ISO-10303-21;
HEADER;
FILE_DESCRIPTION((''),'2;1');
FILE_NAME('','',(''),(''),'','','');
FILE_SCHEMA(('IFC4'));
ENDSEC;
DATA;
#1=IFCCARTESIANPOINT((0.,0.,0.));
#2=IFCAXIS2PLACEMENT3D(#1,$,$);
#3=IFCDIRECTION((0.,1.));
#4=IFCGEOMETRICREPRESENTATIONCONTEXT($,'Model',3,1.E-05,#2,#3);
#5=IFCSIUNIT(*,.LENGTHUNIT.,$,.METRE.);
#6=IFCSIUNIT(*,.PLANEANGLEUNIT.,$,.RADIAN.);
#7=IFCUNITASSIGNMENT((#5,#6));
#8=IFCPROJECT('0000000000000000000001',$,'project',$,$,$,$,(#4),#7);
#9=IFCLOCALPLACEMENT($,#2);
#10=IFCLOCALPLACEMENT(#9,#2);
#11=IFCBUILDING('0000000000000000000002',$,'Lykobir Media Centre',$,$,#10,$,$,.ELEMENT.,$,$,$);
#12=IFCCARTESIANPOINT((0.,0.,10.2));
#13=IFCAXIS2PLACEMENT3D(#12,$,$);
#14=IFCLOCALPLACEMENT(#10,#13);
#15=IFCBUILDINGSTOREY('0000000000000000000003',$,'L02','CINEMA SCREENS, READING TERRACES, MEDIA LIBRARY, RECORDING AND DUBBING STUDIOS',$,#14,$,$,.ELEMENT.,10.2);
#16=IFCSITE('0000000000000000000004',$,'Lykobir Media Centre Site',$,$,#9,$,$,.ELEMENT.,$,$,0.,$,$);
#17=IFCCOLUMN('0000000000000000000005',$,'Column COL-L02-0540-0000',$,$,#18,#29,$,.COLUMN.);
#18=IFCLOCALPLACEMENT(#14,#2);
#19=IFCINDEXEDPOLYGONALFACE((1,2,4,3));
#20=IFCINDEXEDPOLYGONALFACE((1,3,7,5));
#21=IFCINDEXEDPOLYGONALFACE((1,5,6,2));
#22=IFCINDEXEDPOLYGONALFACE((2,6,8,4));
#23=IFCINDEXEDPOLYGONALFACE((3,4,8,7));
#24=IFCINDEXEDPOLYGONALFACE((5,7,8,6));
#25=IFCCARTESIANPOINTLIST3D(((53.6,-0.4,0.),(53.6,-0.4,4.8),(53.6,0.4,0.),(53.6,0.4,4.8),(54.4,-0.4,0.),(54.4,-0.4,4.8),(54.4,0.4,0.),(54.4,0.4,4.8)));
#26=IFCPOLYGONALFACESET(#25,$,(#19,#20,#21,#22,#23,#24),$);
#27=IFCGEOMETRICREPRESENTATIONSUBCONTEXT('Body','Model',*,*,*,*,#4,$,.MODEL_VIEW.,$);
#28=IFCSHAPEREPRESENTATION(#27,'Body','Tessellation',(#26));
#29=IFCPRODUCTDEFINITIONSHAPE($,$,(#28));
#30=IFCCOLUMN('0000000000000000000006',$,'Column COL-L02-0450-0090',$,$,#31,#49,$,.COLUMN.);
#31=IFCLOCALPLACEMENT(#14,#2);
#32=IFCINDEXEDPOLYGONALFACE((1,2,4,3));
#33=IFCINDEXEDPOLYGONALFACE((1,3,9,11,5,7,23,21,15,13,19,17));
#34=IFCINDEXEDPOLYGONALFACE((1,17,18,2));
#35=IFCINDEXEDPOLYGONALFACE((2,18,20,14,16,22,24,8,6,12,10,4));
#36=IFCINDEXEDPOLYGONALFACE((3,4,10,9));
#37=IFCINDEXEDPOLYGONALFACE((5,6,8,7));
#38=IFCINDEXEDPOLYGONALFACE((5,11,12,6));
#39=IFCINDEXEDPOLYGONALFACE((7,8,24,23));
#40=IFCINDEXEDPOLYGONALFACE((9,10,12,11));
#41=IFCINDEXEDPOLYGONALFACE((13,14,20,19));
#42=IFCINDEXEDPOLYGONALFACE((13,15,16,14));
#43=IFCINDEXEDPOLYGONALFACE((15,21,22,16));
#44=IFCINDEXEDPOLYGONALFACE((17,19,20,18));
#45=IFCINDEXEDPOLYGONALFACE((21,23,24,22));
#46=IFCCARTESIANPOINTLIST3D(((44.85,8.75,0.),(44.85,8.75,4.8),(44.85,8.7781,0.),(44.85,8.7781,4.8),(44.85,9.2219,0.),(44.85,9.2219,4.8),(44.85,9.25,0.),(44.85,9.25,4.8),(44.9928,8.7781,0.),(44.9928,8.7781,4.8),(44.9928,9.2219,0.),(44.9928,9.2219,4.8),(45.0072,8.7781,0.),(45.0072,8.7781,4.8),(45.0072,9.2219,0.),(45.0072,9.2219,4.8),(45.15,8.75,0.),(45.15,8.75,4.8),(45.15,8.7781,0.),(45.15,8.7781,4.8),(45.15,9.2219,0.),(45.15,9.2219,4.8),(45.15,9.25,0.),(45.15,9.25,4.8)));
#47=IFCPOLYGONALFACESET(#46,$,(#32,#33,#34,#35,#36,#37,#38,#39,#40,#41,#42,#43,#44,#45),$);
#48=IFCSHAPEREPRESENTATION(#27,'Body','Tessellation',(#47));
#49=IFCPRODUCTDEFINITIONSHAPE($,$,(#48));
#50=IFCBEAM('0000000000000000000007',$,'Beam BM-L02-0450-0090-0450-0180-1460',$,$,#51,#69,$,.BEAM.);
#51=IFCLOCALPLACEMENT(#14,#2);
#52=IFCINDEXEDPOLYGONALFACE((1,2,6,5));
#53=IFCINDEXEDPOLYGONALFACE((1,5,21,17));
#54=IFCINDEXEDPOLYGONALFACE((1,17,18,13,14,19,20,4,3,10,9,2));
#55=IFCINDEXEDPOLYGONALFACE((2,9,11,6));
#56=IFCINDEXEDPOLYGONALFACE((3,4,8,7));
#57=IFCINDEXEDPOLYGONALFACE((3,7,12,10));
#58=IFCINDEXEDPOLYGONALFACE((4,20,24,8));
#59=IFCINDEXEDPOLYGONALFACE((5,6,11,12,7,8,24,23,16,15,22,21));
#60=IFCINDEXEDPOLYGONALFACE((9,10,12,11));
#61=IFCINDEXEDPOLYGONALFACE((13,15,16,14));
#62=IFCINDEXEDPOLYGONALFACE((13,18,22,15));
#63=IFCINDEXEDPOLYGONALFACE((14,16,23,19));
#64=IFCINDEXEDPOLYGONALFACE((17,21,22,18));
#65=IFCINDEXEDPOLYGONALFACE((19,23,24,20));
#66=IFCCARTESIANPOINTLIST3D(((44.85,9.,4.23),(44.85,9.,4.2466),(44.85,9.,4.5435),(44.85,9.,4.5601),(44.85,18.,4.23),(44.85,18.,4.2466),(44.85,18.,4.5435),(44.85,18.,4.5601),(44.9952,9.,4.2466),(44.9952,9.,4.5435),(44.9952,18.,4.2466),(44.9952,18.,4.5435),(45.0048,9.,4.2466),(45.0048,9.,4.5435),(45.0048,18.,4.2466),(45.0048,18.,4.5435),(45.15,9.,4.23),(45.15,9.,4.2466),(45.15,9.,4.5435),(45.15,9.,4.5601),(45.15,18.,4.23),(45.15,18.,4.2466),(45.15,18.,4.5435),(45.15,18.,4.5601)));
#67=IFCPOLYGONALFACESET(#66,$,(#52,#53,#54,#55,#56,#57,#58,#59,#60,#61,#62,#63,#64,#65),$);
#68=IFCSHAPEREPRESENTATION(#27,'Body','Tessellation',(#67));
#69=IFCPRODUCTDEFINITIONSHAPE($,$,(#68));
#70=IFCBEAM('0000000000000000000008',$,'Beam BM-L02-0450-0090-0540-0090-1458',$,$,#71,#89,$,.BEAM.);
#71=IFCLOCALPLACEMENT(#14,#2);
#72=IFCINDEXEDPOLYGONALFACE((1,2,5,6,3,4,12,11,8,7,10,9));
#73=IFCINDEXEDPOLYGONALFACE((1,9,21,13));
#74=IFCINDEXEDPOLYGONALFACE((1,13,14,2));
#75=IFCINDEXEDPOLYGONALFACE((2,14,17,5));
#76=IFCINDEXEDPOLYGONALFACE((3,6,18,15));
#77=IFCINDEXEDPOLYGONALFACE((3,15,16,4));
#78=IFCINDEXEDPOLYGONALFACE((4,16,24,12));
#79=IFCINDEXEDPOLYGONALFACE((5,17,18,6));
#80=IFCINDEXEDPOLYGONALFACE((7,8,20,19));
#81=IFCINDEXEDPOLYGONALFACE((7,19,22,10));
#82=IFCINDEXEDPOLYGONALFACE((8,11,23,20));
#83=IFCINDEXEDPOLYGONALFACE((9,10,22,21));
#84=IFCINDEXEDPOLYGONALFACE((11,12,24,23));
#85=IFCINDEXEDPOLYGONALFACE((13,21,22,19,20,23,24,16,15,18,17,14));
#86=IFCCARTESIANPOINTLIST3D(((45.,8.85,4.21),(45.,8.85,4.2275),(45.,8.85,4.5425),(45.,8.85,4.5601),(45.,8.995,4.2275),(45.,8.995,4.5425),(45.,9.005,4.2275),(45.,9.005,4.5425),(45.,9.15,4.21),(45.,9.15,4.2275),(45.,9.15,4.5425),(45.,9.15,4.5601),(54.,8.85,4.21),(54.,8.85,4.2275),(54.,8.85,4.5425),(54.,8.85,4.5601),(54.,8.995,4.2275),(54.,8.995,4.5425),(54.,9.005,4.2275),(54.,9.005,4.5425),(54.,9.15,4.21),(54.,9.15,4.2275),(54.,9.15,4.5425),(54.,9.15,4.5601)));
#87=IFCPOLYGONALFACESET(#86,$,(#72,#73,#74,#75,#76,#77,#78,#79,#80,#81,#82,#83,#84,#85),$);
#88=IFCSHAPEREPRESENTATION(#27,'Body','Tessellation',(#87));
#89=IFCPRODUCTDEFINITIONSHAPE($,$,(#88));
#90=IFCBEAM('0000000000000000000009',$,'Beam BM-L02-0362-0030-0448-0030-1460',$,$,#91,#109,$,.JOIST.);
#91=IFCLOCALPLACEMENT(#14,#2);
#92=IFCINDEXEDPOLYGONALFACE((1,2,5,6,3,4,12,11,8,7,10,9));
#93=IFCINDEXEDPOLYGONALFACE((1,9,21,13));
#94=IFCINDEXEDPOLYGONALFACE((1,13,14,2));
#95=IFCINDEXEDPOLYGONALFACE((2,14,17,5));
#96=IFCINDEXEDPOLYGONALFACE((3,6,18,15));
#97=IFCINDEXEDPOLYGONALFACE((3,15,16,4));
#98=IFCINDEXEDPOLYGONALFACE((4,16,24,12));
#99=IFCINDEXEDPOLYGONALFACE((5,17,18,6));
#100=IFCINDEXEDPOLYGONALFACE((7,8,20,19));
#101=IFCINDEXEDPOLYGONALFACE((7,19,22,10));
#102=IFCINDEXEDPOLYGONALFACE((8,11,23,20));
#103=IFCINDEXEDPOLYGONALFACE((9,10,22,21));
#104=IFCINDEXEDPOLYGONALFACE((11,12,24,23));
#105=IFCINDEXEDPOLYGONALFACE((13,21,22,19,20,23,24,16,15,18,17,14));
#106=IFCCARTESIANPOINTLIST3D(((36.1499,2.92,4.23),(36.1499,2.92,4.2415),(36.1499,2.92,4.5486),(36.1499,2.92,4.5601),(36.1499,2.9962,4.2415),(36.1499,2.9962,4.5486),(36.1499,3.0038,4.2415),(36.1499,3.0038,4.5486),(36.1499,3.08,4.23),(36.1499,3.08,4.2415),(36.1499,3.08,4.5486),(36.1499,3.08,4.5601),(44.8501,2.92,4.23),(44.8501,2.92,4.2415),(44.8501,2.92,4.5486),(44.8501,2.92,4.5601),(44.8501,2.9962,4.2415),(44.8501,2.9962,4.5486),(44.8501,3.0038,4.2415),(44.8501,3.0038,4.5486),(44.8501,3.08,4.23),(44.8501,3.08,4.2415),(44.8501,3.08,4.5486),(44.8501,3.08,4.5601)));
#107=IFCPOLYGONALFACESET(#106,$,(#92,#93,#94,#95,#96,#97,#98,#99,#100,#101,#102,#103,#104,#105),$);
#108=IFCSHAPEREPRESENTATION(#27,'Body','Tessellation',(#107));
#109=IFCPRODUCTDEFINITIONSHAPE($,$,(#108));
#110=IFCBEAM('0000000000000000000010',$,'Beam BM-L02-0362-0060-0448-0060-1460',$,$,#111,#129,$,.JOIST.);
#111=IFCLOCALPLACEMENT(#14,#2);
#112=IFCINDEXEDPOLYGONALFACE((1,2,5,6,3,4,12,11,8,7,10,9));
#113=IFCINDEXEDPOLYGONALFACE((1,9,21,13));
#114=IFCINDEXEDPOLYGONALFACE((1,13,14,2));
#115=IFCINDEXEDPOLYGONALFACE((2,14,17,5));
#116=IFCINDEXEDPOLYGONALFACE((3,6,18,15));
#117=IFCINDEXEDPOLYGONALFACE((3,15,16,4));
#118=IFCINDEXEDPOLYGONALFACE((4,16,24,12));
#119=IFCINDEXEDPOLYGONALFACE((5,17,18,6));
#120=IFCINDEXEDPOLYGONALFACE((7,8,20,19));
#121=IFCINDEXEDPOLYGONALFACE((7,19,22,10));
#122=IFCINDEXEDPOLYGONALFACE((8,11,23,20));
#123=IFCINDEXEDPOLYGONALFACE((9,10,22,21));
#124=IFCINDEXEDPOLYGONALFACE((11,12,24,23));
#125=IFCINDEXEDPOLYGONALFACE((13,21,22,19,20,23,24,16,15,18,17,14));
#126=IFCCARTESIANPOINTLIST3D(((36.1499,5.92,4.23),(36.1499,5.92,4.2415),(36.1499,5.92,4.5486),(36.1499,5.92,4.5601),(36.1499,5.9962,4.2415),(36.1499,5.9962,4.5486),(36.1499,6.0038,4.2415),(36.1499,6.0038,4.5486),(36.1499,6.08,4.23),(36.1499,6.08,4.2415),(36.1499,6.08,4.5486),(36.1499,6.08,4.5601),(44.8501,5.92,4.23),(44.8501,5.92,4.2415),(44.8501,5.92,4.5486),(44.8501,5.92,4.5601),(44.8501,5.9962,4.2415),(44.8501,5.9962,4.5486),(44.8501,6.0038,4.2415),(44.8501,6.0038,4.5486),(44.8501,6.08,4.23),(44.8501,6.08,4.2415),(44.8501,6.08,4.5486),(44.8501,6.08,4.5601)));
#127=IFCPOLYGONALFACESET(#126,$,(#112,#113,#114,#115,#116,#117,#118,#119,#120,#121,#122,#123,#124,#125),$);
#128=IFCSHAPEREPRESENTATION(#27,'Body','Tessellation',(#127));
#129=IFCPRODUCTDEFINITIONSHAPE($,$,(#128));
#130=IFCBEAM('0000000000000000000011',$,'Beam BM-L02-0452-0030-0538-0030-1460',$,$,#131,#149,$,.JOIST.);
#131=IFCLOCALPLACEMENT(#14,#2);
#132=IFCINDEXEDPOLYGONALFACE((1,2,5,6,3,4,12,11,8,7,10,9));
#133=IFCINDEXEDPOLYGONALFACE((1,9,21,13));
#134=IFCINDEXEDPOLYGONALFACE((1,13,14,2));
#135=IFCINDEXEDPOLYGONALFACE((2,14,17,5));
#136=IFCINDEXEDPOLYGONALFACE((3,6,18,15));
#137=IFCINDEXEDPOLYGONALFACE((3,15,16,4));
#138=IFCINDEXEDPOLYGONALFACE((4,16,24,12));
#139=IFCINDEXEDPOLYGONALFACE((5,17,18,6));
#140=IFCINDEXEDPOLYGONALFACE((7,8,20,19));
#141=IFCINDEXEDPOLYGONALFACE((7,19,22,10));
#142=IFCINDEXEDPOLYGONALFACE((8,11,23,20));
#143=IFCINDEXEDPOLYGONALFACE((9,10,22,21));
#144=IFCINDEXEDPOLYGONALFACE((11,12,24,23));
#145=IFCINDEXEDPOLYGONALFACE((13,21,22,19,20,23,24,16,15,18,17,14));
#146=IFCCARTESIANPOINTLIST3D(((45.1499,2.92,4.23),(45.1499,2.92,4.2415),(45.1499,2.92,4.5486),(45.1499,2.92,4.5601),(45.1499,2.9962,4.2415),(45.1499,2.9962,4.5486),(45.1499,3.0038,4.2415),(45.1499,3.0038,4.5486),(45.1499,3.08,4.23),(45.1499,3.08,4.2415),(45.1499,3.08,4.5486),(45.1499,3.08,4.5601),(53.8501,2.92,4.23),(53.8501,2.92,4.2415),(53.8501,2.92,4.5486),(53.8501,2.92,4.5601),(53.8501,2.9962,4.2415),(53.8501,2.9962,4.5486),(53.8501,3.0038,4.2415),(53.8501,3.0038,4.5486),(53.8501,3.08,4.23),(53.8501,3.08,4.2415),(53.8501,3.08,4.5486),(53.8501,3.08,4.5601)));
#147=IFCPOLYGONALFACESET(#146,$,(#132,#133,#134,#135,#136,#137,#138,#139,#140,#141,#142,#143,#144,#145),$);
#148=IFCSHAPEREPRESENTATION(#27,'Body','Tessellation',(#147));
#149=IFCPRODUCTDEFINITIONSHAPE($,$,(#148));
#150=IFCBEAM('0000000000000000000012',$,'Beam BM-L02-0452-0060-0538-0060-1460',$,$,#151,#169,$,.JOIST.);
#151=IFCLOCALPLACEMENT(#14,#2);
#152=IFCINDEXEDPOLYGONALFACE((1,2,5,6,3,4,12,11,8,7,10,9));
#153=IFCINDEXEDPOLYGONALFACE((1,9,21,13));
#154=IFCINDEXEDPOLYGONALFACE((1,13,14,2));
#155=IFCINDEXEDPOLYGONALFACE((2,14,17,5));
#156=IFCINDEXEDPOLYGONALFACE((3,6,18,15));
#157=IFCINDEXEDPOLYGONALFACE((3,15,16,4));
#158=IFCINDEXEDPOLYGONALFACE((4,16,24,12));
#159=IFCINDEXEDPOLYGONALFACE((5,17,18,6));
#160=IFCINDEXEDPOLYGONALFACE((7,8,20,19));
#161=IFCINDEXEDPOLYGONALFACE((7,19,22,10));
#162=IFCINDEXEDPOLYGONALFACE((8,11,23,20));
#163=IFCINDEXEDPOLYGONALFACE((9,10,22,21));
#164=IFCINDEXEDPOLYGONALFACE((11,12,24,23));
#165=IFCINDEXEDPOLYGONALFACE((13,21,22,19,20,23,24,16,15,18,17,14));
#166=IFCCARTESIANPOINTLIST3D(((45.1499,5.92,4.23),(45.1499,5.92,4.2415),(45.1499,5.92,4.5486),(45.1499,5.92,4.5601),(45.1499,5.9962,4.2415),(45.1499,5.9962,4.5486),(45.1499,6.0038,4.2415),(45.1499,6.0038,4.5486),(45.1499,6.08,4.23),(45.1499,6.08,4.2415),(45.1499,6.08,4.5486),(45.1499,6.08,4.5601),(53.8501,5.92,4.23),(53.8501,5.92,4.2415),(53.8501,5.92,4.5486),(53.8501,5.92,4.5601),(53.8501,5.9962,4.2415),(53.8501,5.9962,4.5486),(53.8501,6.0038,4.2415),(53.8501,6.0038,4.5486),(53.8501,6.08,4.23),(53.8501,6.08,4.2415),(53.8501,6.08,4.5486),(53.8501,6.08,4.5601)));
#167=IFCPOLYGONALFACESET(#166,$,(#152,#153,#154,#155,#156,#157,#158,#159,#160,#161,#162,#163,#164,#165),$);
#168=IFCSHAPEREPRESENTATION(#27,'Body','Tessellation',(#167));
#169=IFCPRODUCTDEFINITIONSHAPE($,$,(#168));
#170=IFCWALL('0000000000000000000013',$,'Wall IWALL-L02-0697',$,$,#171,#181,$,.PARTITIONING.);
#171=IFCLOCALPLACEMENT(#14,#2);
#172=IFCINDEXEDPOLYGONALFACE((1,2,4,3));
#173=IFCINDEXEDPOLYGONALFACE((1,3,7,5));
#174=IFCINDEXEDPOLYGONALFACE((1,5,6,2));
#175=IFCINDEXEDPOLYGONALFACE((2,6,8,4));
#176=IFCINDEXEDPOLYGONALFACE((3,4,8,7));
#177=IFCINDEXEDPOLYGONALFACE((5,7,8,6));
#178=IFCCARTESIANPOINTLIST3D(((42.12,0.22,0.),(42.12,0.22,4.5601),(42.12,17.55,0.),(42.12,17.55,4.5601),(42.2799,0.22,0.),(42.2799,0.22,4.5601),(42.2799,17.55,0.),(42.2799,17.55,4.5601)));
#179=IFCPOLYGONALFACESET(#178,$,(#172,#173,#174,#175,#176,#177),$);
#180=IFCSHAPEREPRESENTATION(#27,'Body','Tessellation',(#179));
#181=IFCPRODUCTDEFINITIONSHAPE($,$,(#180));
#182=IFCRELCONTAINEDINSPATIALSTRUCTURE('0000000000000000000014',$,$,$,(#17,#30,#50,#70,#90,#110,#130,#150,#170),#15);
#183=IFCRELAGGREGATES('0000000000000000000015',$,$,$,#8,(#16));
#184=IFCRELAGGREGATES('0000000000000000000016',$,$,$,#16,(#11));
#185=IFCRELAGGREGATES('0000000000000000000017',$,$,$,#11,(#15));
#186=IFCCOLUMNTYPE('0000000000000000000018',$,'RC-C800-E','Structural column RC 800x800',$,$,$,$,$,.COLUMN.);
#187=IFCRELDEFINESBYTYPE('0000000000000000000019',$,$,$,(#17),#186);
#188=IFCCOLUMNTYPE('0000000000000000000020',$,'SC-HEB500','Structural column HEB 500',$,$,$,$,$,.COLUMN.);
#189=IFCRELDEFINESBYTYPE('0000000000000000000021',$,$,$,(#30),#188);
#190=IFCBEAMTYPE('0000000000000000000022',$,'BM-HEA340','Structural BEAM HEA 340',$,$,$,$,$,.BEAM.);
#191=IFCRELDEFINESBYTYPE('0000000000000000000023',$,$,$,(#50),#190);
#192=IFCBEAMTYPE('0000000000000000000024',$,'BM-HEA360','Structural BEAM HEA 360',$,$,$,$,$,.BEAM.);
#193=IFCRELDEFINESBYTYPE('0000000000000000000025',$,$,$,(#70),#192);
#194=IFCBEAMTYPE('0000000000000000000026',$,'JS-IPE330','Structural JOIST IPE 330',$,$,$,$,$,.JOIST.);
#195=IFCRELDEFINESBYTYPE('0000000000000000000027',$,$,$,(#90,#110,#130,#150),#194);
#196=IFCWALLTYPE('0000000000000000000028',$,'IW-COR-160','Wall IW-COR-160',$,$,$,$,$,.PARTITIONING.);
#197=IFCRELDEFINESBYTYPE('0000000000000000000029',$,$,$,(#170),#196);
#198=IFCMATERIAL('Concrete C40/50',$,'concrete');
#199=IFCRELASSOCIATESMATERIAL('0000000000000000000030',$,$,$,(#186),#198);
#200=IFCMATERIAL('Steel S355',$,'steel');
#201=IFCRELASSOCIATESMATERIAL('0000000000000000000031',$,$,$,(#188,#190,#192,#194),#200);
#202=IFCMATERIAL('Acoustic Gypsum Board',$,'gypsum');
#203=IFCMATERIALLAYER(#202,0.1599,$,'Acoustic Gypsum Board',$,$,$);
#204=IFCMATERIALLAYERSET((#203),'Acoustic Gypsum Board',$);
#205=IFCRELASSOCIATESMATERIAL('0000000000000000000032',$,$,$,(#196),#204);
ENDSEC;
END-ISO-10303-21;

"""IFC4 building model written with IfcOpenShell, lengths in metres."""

from ifc_helpers import new_model, si_unit, direction, frame, frame_2d, origin, origin_2d, place, context, subcontext, project, spatial, rectangle, i_section, extrude, material, layer, layer_set, material_profile, profile_set, type_object, element, save


model = new_model("IFC4")

# Units and contexts
model_context = context("Model", 3, precision=1e-05, world=origin(), true_north=direction((0.0, 1.0)))
body_context = subcontext(model_context, "Body", "Model", "MODEL_VIEW")
ifc_project = project(units=[si_unit("LENGTHUNIT", "METRE"), si_unit("PLANEANGLEUNIT", "RADIAN")], contexts=[model_context])

# Site, building, storey
site_placement = place(None, origin())
site = spatial("IfcSite", under=ifc_project, at=site_placement, Name="Lykobir Media Centre Site", CompositionType="ELEMENT", RefElevation=0.0)
building_placement = place(site_placement, origin())
building = spatial("IfcBuilding", under=site, at=building_placement, Name="Lykobir Media Centre", CompositionType="ELEMENT")
storey_placement = place(building_placement, frame((0.0, 0.0, 10.2)))
storey = spatial("IfcBuildingStorey", under=building, at=storey_placement, Name="L02", Description="CINEMA SCREENS, READING TERRACES, MEDIA LIBRARY, RECORDING AND DUBBING STUDIOS", CompositionType="ELEMENT", Elevation=10.2)

# Columns
ifc_material_1 = material(Name="Concrete C40/50", Category="concrete")
ifc_material_profile_1 = material_profile(ifc_material_1, rectangle(XDim=0.8, YDim=0.8, at=origin_2d()), Name="RC 800x800")
ifc_profile_set_1 = profile_set([ifc_material_profile_1], Name="Concrete C40/50")
column_type_1 = type_object("IfcColumnType", Name="RC-C800-E", Description="Structural column RC 800x800", PredefinedType="COLUMN", material=ifc_profile_set_1)
column_1_placement = place(storey_placement, frame((54.0, 0.0, 0.0), z_axis=(0.0, 0.0, 1.0), x_axis=(1.0, 0.0, 0.0)))
element("IfcColumn", 1, at=column_1_placement, inside=storey, type_object=column_type_1, Name="Column COL-L02-0540-0000", PredefinedType="COLUMN", context=body_context, shape_type="SweptSolid", body=[
    extrude(rectangle(XDim=0.8, YDim=0.8, at=origin_2d()), origin(), (0.0, 0.0, 1.0), 4.8),
])
ifc_material_2 = material(Name="Steel S355", Category="steel")
ifc_material_profile_2 = material_profile(ifc_material_2, i_section(OverallWidth=0.3, OverallDepth=0.5, WebThickness=0.0144, FlangeThickness=0.0281, at=origin_2d()), Name="HEB 500")
ifc_profile_set_2 = profile_set([ifc_material_profile_2], Name="Steel S355")
column_type_2 = type_object("IfcColumnType", Name="SC-HEB500", Description="Structural column HEB 500", PredefinedType="COLUMN", material=ifc_profile_set_2)
column_2_placement = place(storey_placement, frame((45.0, 9.0, 0.0), z_axis=(0.0, 0.0, 1.0), x_axis=(1.0, 0.0, 0.0)))
element("IfcColumn", 2, at=column_2_placement, inside=storey, type_object=column_type_2, Name="Column COL-L02-0450-0090", PredefinedType="COLUMN", context=body_context, shape_type="SweptSolid", body=[
    extrude(i_section(OverallWidth=0.3, OverallDepth=0.5, WebThickness=0.0144, FlangeThickness=0.0281, at=origin_2d()), origin(), (0.0, 0.0, 1.0), 4.8),
])

# Beams
ifc_material_profile_3 = material_profile(ifc_material_2, i_section(OverallWidth=0.3, OverallDepth=0.3301, WebThickness=0.0095, FlangeThickness=0.0166, at=origin_2d()), Name="HEA 340")
ifc_profile_set_3 = profile_set([ifc_material_profile_3], Name="Steel S355")
beam_type_1 = type_object("IfcBeamType", Name="BM-HEA340", Description="Structural BEAM HEA 340", PredefinedType="BEAM", material=ifc_profile_set_3)
beam_1_placement = place(storey_placement, frame((45.0, 9.0, 4.395), z_axis=(0.0, 1.0, 0.0), x_axis=(-1.0, 0.0, 0.0)))
element("IfcBeam", 3, at=beam_1_placement, inside=storey, type_object=beam_type_1, Name="Beam BM-L02-0450-0090-0450-0180-1460", PredefinedType="BEAM", context=body_context, shape_type="SweptSolid", body=[
    extrude(i_section(OverallWidth=0.3, OverallDepth=0.3301, WebThickness=0.0095, FlangeThickness=0.0166, at=origin_2d()), origin(), (0.0, 0.0, 1.0), 9.0),
])
ifc_material_profile_4 = material_profile(ifc_material_2, i_section(OverallWidth=0.3, OverallDepth=0.3501, WebThickness=0.01, FlangeThickness=0.0176, at=origin_2d()), Name="HEA 360")
ifc_profile_set_4 = profile_set([ifc_material_profile_4], Name="Steel S355")
beam_type_2 = type_object("IfcBeamType", Name="BM-HEA360", Description="Structural BEAM HEA 360", PredefinedType="BEAM", material=ifc_profile_set_4)
beam_2_placement = place(storey_placement, frame((45.0, 9.0, 4.385), z_axis=(1.0, 0.0, 0.0), x_axis=(0.0, 1.0, 0.0)))
element("IfcBeam", 4, at=beam_2_placement, inside=storey, type_object=beam_type_2, Name="Beam BM-L02-0450-0090-0540-0090-1458", PredefinedType="BEAM", context=body_context, shape_type="SweptSolid", body=[
    extrude(i_section(OverallWidth=0.3, OverallDepth=0.3501, WebThickness=0.01, FlangeThickness=0.0176, at=origin_2d()), origin(), (0.0, 0.0, 1.0), 9.0),
])
ifc_material_profile_5 = material_profile(ifc_material_2, i_section(OverallWidth=0.1599, OverallDepth=0.3301, WebThickness=0.0076, FlangeThickness=0.0115, at=origin_2d()), Name="IPE 330")
ifc_profile_set_5 = profile_set([ifc_material_profile_5], Name="Steel S355")
beam_type_3 = type_object("IfcBeamType", Name="JS-IPE330", Description="Structural JOIST IPE 330", PredefinedType="JOIST", material=ifc_profile_set_5)
for number, where, z_axis, x_axis, name in (
    (5, (36.1499, 3.0, 4.395), (1.0, 0.0, 0.0), (0.0, 1.0, 0.0), "Beam BM-L02-0362-0030-0448-0030-1460"),
    (6, (36.1499, 6.0, 4.395), (1.0, 0.0, 0.0), (0.0, 1.0, 0.0), "Beam BM-L02-0362-0060-0448-0060-1460"),
    (7, (45.1499, 3.0, 4.395), (1.0, 0.0, 0.0), (0.0, 1.0, 0.0), "Beam BM-L02-0452-0030-0538-0030-1460"),
    (8, (45.1499, 6.0, 4.395), (1.0, 0.0, 0.0), (0.0, 1.0, 0.0), "Beam BM-L02-0452-0060-0538-0060-1460"),
):
    element("IfcBeam", number, at=place(storey_placement, frame(where, z_axis=z_axis, x_axis=x_axis)), inside=storey, type_object=beam_type_3, Name=name, PredefinedType="JOIST", context=body_context, shape_type="SweptSolid", body=[
        extrude(i_section(OverallWidth=0.1599, OverallDepth=0.3301, WebThickness=0.0076, FlangeThickness=0.0115, at=origin_2d()), origin(), (0.0, 0.0, 1.0), 8.7002),
    ])

# Wall
ifc_material_3 = material(Name="Acoustic Gypsum Board", Category="gypsum")
ifc_layer_1 = layer(ifc_material_3, 0.1599, Name="Acoustic Gypsum Board")
ifc_layer_set_1 = layer_set([ifc_layer_1], Name="Acoustic Gypsum Board")
wall_type_1 = type_object("IfcWallType", Name="IW-COR-160", Description="Wall IW-COR-160", PredefinedType="PARTITIONING", material=ifc_layer_set_1)
wall_1_placement = place(storey_placement, frame((42.2, 0.22, 0.0), z_axis=(0.0, 0.0, 1.0), x_axis=(0.0, 1.0, 0.0)))
element("IfcWall", 9, at=wall_1_placement, inside=storey, type_object=wall_type_1, Name="Wall IWALL-L02-0697", PredefinedType="PARTITIONING", context=body_context, shape_type="SweptSolid", body=[
    extrude(rectangle(XDim=17.3301, YDim=0.1599, at=frame_2d((8.665, 0.0))), origin(), (0.0, 0.0, 1.0), 4.5601),
])

save(model, "model.ifc")
